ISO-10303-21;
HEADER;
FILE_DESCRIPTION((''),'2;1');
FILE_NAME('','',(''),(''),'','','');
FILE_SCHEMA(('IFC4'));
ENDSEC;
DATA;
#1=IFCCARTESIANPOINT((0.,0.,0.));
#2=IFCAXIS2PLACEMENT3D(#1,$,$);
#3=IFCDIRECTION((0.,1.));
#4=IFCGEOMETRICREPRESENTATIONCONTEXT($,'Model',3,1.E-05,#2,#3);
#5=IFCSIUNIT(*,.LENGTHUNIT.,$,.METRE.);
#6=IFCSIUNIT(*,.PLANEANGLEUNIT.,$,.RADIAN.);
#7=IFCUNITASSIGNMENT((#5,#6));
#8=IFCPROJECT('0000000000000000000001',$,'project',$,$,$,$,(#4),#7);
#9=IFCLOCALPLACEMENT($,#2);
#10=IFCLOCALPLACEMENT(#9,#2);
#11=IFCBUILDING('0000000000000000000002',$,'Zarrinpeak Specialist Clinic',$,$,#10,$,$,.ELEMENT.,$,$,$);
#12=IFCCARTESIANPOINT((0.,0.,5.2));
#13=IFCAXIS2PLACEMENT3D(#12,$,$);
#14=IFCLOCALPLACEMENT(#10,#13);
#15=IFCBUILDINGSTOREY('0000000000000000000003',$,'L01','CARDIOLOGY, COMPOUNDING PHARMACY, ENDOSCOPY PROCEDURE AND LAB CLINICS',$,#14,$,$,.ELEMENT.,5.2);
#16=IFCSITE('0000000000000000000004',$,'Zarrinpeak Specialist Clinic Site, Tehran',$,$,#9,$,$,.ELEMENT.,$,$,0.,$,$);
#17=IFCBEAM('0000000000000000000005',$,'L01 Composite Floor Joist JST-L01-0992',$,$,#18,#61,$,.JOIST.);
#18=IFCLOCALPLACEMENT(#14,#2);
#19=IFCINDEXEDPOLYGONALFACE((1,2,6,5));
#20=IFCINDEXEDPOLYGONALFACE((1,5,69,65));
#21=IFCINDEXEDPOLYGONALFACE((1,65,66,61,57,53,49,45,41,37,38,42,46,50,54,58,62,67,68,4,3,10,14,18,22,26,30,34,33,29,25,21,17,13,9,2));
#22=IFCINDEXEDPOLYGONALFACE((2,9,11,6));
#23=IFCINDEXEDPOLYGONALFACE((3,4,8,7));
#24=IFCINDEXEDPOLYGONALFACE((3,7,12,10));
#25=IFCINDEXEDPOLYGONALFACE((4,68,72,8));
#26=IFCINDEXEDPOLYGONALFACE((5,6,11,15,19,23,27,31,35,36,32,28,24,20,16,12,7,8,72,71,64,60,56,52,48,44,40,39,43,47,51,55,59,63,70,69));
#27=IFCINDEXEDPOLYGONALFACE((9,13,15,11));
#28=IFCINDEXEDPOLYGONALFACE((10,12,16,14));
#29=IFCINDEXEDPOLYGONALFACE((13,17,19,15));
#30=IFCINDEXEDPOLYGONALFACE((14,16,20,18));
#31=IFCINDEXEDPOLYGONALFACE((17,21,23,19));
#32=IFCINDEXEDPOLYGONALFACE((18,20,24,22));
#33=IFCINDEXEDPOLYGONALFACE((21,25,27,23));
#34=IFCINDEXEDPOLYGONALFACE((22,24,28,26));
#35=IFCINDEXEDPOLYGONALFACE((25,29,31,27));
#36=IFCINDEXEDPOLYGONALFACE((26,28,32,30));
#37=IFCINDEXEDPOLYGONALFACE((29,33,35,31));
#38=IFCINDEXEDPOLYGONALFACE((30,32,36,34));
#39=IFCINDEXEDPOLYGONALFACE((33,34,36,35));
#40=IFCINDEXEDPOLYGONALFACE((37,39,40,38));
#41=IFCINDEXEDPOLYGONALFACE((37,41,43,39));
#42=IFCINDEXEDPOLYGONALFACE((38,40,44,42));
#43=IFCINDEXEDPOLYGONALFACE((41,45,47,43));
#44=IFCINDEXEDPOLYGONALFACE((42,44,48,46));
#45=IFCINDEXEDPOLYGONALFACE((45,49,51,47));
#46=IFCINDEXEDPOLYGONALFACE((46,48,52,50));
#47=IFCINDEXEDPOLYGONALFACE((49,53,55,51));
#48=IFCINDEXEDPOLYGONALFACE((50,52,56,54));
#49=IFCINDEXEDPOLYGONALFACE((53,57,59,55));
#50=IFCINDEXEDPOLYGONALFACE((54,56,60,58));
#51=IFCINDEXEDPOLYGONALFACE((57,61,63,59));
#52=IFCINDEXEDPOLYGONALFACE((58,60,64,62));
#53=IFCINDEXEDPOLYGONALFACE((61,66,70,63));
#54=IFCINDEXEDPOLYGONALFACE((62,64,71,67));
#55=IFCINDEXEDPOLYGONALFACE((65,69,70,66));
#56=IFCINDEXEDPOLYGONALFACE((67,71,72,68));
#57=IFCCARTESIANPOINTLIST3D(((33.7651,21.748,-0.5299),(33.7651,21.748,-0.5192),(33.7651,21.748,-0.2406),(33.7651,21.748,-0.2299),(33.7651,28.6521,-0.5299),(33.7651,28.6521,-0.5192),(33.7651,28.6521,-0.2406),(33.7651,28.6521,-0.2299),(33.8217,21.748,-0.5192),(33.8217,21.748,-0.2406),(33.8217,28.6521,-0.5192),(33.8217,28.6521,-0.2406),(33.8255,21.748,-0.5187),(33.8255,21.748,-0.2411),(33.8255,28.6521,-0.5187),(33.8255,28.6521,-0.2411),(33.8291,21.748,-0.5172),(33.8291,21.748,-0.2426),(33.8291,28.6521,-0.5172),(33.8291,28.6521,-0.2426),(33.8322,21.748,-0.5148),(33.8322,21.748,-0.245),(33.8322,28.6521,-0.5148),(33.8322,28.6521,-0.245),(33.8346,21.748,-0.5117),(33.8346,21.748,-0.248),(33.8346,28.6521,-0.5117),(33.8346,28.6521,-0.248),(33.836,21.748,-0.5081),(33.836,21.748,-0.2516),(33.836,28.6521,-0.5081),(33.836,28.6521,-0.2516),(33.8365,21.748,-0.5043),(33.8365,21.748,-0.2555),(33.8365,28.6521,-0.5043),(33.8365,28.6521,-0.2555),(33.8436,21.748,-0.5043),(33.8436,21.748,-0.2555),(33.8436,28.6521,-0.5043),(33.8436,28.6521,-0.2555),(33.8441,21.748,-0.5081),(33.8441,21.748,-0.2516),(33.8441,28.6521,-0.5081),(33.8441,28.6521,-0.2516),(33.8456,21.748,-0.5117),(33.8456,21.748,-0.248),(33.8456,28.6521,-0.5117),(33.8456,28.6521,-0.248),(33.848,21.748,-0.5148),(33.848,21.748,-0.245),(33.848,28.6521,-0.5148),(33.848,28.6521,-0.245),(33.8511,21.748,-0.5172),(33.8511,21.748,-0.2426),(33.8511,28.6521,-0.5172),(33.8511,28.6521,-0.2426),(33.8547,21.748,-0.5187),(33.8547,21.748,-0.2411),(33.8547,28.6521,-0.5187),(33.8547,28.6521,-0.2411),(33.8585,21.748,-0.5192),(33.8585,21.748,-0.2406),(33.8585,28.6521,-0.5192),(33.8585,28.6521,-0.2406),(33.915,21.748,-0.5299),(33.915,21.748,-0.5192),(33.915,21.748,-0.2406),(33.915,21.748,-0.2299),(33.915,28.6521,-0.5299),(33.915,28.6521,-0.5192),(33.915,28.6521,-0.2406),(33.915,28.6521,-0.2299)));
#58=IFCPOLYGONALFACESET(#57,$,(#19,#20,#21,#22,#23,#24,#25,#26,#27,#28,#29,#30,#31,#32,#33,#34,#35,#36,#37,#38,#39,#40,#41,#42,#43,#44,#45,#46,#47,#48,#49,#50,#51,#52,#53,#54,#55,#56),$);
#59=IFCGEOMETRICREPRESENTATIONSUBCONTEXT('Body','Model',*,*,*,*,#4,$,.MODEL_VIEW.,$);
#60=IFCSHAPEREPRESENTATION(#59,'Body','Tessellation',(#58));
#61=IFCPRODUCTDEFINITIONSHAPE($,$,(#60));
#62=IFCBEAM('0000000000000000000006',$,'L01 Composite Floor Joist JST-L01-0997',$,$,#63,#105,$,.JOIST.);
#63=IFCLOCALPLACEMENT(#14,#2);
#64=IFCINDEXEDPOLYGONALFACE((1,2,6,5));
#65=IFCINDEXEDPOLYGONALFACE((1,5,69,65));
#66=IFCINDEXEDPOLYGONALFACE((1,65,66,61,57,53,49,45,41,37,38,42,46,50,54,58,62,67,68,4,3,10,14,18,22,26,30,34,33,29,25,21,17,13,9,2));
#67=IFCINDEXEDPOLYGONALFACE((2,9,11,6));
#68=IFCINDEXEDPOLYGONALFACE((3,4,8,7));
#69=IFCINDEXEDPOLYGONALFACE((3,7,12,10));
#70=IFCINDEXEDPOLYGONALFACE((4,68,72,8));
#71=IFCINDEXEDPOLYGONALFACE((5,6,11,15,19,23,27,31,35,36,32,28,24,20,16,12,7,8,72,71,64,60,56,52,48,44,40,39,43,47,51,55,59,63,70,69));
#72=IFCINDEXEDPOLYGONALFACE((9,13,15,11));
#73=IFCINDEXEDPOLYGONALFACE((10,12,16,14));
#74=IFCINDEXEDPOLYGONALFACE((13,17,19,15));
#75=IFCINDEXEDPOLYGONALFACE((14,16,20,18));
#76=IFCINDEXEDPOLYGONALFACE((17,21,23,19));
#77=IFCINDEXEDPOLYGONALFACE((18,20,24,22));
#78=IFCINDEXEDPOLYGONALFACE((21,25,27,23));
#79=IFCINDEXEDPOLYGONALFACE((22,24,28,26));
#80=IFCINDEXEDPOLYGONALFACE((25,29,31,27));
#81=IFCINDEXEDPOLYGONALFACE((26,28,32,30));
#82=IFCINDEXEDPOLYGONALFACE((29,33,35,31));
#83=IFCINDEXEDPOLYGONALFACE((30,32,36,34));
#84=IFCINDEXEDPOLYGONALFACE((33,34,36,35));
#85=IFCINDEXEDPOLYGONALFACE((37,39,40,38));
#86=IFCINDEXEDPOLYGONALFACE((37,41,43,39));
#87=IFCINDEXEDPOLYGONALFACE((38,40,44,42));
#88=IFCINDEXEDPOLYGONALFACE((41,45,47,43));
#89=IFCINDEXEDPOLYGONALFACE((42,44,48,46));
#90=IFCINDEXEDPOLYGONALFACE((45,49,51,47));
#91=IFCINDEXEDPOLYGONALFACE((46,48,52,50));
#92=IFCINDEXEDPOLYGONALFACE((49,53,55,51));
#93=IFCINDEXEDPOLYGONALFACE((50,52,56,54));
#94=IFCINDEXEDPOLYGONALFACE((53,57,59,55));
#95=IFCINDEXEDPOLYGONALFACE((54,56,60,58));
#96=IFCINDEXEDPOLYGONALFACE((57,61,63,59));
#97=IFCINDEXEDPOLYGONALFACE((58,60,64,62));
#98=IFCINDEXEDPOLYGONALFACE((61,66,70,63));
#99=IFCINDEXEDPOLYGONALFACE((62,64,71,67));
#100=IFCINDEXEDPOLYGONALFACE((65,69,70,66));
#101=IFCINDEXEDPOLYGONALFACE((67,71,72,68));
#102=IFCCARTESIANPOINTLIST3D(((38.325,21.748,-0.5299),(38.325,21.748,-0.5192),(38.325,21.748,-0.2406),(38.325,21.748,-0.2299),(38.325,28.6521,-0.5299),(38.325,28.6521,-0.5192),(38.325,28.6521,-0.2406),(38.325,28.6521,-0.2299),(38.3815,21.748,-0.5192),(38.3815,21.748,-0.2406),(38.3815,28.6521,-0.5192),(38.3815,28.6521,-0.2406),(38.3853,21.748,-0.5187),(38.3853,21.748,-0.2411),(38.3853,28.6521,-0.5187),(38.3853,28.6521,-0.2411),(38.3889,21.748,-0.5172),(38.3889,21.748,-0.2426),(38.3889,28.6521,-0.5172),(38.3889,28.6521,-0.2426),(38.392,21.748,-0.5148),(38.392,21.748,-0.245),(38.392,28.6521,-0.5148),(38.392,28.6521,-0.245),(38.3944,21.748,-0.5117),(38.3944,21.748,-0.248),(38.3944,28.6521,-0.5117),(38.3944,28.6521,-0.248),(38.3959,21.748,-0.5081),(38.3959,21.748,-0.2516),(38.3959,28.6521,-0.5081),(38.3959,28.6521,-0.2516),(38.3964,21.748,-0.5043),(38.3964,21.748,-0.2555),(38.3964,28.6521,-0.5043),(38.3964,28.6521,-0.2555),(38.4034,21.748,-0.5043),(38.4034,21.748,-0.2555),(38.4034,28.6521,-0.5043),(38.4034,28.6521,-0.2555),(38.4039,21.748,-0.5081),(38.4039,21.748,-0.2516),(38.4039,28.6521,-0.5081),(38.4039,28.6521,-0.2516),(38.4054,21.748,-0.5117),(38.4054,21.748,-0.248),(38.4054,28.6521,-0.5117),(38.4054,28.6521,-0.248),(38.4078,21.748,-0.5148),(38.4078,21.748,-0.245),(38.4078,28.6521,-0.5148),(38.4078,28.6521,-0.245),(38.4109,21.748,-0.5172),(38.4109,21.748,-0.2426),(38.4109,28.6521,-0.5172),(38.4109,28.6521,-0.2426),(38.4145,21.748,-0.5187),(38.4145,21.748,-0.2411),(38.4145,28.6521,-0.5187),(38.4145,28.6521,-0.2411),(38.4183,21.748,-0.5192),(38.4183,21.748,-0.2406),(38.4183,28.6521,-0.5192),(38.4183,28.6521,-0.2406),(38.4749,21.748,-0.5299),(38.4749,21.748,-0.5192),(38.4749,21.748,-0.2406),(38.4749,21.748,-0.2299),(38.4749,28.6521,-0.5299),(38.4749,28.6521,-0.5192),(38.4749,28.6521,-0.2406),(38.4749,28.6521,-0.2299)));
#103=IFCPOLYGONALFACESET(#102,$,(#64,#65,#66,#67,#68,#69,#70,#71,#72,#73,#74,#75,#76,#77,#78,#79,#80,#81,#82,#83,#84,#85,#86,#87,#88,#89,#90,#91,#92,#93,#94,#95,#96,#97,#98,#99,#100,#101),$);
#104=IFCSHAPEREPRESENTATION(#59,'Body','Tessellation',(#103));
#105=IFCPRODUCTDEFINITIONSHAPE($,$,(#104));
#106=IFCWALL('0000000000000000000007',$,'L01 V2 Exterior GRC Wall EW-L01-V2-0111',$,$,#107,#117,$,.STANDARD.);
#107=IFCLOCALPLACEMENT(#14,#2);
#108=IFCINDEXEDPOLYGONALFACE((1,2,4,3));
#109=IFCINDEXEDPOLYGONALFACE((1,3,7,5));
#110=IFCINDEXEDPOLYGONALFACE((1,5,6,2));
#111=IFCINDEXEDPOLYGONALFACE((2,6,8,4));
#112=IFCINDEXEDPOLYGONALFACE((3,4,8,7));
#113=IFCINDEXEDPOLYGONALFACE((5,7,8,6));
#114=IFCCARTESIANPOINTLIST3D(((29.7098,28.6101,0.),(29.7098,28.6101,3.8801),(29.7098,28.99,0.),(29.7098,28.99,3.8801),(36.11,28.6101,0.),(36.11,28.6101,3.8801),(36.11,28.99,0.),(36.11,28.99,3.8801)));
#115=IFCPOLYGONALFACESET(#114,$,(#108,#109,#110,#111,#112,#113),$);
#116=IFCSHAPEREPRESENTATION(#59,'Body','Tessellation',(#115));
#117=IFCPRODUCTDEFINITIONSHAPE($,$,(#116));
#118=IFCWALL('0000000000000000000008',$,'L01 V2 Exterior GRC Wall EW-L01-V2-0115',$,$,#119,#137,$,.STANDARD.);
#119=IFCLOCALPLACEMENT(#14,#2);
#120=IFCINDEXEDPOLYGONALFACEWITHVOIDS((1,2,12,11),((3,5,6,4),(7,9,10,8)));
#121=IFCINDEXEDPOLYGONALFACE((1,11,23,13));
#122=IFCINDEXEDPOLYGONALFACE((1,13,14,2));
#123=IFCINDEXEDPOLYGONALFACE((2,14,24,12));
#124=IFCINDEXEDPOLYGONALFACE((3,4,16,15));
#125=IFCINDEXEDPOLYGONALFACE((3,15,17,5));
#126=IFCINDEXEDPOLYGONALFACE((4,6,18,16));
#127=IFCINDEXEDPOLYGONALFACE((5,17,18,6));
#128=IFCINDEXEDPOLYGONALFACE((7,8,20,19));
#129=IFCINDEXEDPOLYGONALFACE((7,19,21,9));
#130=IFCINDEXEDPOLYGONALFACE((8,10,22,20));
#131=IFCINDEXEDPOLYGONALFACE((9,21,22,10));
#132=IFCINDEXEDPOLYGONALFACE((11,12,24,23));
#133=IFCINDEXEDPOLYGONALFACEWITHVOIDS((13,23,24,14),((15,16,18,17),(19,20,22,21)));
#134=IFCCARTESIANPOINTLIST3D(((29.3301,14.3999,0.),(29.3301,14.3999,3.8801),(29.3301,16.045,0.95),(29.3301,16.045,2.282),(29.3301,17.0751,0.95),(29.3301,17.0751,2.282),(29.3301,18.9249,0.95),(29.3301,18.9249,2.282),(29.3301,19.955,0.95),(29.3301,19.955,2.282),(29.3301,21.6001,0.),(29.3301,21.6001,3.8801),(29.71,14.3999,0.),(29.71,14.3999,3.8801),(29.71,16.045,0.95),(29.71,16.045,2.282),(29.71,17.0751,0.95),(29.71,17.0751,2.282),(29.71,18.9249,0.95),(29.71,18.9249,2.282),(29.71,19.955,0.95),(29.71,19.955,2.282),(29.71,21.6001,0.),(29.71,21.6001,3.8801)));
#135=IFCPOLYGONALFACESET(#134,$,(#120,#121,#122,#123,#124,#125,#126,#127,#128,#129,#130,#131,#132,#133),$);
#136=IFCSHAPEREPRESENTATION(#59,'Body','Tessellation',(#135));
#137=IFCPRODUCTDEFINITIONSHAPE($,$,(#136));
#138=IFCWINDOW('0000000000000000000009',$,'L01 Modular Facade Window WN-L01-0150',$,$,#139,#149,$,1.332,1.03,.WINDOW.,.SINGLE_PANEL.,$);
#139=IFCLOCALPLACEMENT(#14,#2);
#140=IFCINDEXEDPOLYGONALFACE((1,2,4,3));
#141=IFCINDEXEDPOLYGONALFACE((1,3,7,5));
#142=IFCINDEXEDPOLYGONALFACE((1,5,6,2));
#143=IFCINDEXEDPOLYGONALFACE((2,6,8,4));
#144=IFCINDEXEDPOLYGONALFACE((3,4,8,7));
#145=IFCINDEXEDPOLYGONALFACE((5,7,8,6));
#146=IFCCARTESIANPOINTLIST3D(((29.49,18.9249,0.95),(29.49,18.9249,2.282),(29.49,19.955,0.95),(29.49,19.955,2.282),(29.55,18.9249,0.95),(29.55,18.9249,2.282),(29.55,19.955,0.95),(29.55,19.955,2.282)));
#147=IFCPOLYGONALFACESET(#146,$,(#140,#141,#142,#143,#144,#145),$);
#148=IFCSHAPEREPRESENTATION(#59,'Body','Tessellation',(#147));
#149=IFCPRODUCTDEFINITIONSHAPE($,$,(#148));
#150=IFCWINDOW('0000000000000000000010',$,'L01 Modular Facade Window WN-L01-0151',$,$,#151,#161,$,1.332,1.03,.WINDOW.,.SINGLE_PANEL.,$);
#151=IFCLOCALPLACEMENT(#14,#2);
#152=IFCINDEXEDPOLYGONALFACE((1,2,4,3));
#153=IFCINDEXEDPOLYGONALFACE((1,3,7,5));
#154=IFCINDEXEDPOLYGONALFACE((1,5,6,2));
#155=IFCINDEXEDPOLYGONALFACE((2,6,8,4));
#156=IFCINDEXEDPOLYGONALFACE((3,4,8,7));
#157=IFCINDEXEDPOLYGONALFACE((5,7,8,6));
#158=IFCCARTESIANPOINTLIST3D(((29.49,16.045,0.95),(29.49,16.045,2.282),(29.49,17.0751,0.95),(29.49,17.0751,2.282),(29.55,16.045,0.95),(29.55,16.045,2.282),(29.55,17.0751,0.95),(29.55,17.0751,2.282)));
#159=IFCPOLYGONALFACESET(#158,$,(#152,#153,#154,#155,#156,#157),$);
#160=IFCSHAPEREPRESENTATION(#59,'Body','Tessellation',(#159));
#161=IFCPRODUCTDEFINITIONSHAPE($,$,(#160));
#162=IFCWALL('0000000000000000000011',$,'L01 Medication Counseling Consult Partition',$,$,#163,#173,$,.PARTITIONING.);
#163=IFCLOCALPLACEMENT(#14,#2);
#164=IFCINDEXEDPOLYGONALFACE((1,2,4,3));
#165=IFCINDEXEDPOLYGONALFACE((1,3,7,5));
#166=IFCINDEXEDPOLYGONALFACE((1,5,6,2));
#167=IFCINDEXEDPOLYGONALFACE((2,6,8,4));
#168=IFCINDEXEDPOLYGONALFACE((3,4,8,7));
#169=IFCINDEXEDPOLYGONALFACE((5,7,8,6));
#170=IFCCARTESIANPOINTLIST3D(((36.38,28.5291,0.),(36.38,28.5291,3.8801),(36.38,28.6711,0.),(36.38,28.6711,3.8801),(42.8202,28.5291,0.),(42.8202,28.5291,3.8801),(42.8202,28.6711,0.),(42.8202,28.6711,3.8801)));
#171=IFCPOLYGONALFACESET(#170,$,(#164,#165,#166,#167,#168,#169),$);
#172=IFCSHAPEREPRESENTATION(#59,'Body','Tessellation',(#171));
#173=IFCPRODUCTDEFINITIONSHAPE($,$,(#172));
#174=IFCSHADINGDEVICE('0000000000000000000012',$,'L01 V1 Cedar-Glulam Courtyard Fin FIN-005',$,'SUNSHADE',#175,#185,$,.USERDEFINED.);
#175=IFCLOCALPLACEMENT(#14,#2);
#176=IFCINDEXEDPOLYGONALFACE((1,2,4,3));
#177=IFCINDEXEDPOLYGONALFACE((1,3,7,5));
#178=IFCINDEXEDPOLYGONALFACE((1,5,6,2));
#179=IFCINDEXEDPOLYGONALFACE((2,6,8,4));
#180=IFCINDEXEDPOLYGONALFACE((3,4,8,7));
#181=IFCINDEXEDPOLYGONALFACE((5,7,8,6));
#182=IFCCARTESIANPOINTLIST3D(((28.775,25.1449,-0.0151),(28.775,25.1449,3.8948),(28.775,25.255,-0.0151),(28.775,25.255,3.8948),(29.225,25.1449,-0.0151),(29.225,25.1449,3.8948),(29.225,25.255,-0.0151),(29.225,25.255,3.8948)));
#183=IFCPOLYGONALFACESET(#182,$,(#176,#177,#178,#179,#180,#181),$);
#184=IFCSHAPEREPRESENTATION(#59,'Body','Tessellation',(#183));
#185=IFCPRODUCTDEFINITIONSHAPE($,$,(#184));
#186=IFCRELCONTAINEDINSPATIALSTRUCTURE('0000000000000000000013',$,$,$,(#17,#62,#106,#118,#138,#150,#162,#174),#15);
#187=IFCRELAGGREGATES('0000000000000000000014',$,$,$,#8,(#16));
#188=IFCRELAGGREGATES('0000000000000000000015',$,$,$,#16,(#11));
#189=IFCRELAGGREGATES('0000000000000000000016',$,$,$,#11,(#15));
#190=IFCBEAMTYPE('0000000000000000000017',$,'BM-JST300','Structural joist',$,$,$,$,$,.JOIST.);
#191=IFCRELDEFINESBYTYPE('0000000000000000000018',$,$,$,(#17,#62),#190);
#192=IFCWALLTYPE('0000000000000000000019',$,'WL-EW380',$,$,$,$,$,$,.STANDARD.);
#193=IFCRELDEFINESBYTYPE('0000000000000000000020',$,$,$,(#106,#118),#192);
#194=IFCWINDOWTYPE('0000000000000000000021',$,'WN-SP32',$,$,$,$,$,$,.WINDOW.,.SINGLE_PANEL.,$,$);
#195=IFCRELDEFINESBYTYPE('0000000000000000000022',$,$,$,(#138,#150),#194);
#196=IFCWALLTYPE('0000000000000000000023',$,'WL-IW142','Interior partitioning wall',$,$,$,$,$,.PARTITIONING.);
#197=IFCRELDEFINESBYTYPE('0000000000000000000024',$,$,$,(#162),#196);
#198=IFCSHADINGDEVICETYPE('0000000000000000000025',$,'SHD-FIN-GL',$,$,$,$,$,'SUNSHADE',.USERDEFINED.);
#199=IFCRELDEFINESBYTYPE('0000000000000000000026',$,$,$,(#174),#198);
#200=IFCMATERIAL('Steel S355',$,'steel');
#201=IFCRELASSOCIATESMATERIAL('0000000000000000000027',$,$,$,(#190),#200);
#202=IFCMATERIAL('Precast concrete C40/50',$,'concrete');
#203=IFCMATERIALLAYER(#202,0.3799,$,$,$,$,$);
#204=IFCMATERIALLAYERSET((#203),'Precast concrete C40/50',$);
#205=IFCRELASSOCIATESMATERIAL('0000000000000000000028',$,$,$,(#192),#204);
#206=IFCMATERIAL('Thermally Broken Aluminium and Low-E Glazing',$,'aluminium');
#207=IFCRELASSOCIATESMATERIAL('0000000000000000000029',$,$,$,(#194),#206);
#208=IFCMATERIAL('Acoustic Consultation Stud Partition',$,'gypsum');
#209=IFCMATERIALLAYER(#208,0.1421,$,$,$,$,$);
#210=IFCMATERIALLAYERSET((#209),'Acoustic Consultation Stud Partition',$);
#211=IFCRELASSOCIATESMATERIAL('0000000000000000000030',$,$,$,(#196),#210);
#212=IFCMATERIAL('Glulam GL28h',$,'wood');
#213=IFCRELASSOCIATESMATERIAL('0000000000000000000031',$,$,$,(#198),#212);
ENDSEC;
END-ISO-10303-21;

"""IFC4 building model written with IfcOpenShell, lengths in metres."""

from ifc_helpers import new_model, si_unit, direction, frame, frame_2d, origin, origin_2d, place, context, subcontext, project, spatial, rectangle, i_section, extrude, material, layer, layer_set, material_profile, profile_set, type_object, element, fill, save


model = new_model("IFC4")

# Units and contexts
model_context = context("Model", 3, precision=1e-05, world=origin(), true_north=direction((0.0, 1.0)))
body_context = subcontext(model_context, "Body", "Model", "MODEL_VIEW")
ifc_project = project(units=[si_unit("LENGTHUNIT", "METRE"), si_unit("PLANEANGLEUNIT", "RADIAN")], contexts=[model_context])

# Site, building, storey
site_placement = place(None, origin())
site = spatial("IfcSite", under=ifc_project, at=site_placement, Name="Zarrinpeak Specialist Clinic Site, Tehran", CompositionType="ELEMENT", RefElevation=0.0)
building_placement = place(site_placement, origin())
building = spatial("IfcBuilding", under=site, at=building_placement, Name="Zarrinpeak Specialist Clinic", CompositionType="ELEMENT")
storey_placement = place(building_placement, frame((0.0, 0.0, 5.2)))
storey = spatial("IfcBuildingStorey", under=building, at=storey_placement, Name="L01", Description="CARDIOLOGY, COMPOUNDING PHARMACY, ENDOSCOPY PROCEDURE AND LAB CLINICS", CompositionType="ELEMENT", Elevation=5.2)

# Shared definitions
ifc_material_1 = material(Name="Steel S355", Category="steel")

# Beams
ifc_material_profile_1 = material_profile(ifc_material_1, i_section(OverallWidth=0.1499, OverallDepth=0.3, WebThickness=0.0071, FlangeThickness=0.0107, FilletRadius=0.0149, at=origin_2d()), Name="IPE 300")
ifc_profile_set_1 = profile_set([ifc_material_profile_1], Name="Steel S355")
beam_type_1 = type_object("IfcBeamType", Name="BM-JST300", Description="Structural joist", PredefinedType="JOIST", material=ifc_profile_set_1)
for number, where, z_axis, x_axis, name in (
    (1, (33.8401, 21.748, -0.3799), (0.0, 1.0, 0.0), (-1.0, 0.0, 0.0), "L01 Composite Floor Joist JST-L01-0992"),
    (2, (38.3999, 21.748, -0.3799), (0.0, 1.0, 0.0), (-1.0, 0.0, 0.0), "L01 Composite Floor Joist JST-L01-0997"),
):
    element("IfcBeam", number, at=place(storey_placement, frame(where, z_axis=z_axis, x_axis=x_axis)), inside=storey, type_object=beam_type_1, Name=name, PredefinedType="JOIST", context=body_context, shape_type="SweptSolid", body=[
        extrude(i_section(OverallWidth=0.1499, OverallDepth=0.3, WebThickness=0.0071, FlangeThickness=0.0107, FilletRadius=0.0149, at=origin_2d()), origin(), (0.0, 0.0, 1.0), 6.9041),
    ])

# Wall
ifc_material_2 = material(Name="Precast concrete C40/50", Category="concrete")
ifc_layer_1 = layer(ifc_material_2, 0.3799)
ifc_layer_set_1 = layer_set([ifc_layer_1], Name="Precast concrete C40/50")
wall_type_1 = type_object("IfcWallType", Name="WL-EW380", PredefinedType="STANDARD", material=ifc_layer_set_1)
wall_1_placement = place(storey_placement, frame((36.1101, 28.8, 0.0), z_axis=(0.0, 0.0, 1.0), x_axis=(-1.0, 0.0, 0.0)))
element("IfcWall", 3, at=wall_1_placement, inside=storey, type_object=wall_type_1, Name="L01 V2 Exterior GRC Wall EW-L01-V2-0111", PredefinedType="STANDARD", context=body_context, shape_type="SweptSolid", body=[
    extrude(rectangle(XDim=6.4001, YDim=0.3799, at=frame_2d((3.2002, 0.0))), origin(), (0.0, 0.0, 1.0), 3.8801),
])

# Wall, openings, windows
wall_2_placement = place(storey_placement, frame((29.52, 21.6001, 0.0), z_axis=(0.0, 0.0, 1.0), x_axis=(0.0, -1.0, 0.0)))
wall_2 = element("IfcWall", 4, at=wall_2_placement, inside=storey, type_object=wall_type_1, Name="L01 V2 Exterior GRC Wall EW-L01-V2-0115", PredefinedType="STANDARD", context=body_context, shape_type="SweptSolid", body=[
    extrude(rectangle(XDim=7.2002, YDim=0.3799, at=frame_2d((3.6001, 0.0))), origin(), (0.0, 0.0, 1.0), 3.8801),
])
opening_1_placement = place(wall_2_placement, frame((1.645, 0.0, 0.95)))
opening_1 = element("IfcOpeningElement", 5, at=opening_1_placement, cuts=wall_2, PredefinedType="OPENING", context=body_context, shape_type="SweptSolid", body=[
    extrude(rectangle(XDim=1.03, YDim=1.332, at=frame_2d((0.5151, 0.666))), frame((0.0, 0.2, 0.0), z_axis=(0.0, -1.0, 0.0), x_axis=(1.0, 0.0, 0.0)), (0.0, 0.0, 1.0), 0.3999),
])
opening_2_placement = place(wall_2_placement, frame((4.5249, 0.0, 0.95)))
opening_2 = element("IfcOpeningElement", 6, at=opening_2_placement, cuts=wall_2, PredefinedType="OPENING", context=body_context, shape_type="SweptSolid", body=[
    extrude(rectangle(XDim=1.03, YDim=1.332, at=frame_2d((0.5151, 0.666))), frame((0.0, 0.2, 0.0), z_axis=(0.0, -1.0, 0.0), x_axis=(1.0, 0.0, 0.0)), (0.0, 0.0, 1.0), 0.3999),
])
ifc_material_3 = material(Name="Thermally Broken Aluminium and Low-E Glazing", Category="aluminium")
window_type = type_object("IfcWindowType", Name="WN-SP32", PartitioningType="SINGLE_PANEL", PredefinedType="WINDOW", material=ifc_material_3)
window_1_placement = place(opening_1_placement, origin())
window_1 = element("IfcWindow", 7, at=window_1_placement, inside=storey, type_object=window_type, Name="L01 Modular Facade Window WN-L01-0150", OverallHeight=1.332, OverallWidth=1.03, PartitioningType="SINGLE_PANEL", PredefinedType="WINDOW", context=body_context, shape_type="SweptSolid", body=[
    extrude(rectangle(XDim=1.03, YDim=1.332, at=frame_2d((0.5151, 0.666))), frame((0.0, 0.03, 0.0), z_axis=(0.0, -1.0, 0.0), x_axis=(1.0, 0.0, 0.0)), (0.0, 0.0, 1.0), 0.0601),
])
fill(opening_1, window_1)
window_2_placement = place(opening_2_placement, origin())
window_2 = element("IfcWindow", 8, at=window_2_placement, inside=storey, type_object=window_type, Name="L01 Modular Facade Window WN-L01-0151", OverallHeight=1.332, OverallWidth=1.03, PartitioningType="SINGLE_PANEL", PredefinedType="WINDOW", context=body_context, shape_type="SweptSolid", body=[
    extrude(rectangle(XDim=1.03, YDim=1.332, at=frame_2d((0.5151, 0.666))), frame((0.0, 0.03, 0.0), z_axis=(0.0, -1.0, 0.0), x_axis=(1.0, 0.0, 0.0)), (0.0, 0.0, 1.0), 0.0601),
])
fill(opening_2, window_2)

# Wall
ifc_material_4 = material(Name="Acoustic Consultation Stud Partition", Category="gypsum")
ifc_layer_2 = layer(ifc_material_4, 0.1421)
ifc_layer_set_2 = layer_set([ifc_layer_2], Name="Acoustic Consultation Stud Partition")
wall_type_2 = type_object("IfcWallType", Name="WL-IW142", Description="Interior partitioning wall", PredefinedType="PARTITIONING", material=ifc_layer_set_2)
wall_3_placement = place(storey_placement, frame((36.3799, 28.6001, 0.0), z_axis=(0.0, 0.0, 1.0), x_axis=(1.0, 0.0, 0.0)))
element("IfcWall", 9, at=wall_3_placement, inside=storey, type_object=wall_type_2, Name="L01 Medication Counseling Consult Partition", PredefinedType="PARTITIONING", context=body_context, shape_type="SweptSolid", body=[
    extrude(rectangle(XDim=6.4402, YDim=0.1421, at=frame_2d((3.2202, 0.0))), origin(), (0.0, 0.0, 1.0), 3.8801),
])

# Shading device
ifc_material_5 = material(Name="Glulam GL28h", Category="wood")
shading_device_type = type_object("IfcShadingDeviceType", Name="SHD-FIN-GL", ElementType="SUNSHADE", PredefinedType="USERDEFINED", material=ifc_material_5)
shading_device_placement = place(storey_placement, frame((29.0, 25.2, -0.0151), z_axis=(0.0, 0.0, 1.0), x_axis=(1.0, 0.0, 0.0)))
element("IfcShadingDevice", 10, at=shading_device_placement, inside=storey, type_object=shading_device_type, Name="L01 V1 Cedar-Glulam Courtyard Fin FIN-005", ObjectType="SUNSHADE", PredefinedType="USERDEFINED", context=body_context, shape_type="SweptSolid", body=[
    extrude(rectangle(XDim=0.45, YDim=0.1101, at=origin_2d()), origin(), (0.0, 0.0, 1.0), 3.9099),
])

save(model, "model.ifc")
